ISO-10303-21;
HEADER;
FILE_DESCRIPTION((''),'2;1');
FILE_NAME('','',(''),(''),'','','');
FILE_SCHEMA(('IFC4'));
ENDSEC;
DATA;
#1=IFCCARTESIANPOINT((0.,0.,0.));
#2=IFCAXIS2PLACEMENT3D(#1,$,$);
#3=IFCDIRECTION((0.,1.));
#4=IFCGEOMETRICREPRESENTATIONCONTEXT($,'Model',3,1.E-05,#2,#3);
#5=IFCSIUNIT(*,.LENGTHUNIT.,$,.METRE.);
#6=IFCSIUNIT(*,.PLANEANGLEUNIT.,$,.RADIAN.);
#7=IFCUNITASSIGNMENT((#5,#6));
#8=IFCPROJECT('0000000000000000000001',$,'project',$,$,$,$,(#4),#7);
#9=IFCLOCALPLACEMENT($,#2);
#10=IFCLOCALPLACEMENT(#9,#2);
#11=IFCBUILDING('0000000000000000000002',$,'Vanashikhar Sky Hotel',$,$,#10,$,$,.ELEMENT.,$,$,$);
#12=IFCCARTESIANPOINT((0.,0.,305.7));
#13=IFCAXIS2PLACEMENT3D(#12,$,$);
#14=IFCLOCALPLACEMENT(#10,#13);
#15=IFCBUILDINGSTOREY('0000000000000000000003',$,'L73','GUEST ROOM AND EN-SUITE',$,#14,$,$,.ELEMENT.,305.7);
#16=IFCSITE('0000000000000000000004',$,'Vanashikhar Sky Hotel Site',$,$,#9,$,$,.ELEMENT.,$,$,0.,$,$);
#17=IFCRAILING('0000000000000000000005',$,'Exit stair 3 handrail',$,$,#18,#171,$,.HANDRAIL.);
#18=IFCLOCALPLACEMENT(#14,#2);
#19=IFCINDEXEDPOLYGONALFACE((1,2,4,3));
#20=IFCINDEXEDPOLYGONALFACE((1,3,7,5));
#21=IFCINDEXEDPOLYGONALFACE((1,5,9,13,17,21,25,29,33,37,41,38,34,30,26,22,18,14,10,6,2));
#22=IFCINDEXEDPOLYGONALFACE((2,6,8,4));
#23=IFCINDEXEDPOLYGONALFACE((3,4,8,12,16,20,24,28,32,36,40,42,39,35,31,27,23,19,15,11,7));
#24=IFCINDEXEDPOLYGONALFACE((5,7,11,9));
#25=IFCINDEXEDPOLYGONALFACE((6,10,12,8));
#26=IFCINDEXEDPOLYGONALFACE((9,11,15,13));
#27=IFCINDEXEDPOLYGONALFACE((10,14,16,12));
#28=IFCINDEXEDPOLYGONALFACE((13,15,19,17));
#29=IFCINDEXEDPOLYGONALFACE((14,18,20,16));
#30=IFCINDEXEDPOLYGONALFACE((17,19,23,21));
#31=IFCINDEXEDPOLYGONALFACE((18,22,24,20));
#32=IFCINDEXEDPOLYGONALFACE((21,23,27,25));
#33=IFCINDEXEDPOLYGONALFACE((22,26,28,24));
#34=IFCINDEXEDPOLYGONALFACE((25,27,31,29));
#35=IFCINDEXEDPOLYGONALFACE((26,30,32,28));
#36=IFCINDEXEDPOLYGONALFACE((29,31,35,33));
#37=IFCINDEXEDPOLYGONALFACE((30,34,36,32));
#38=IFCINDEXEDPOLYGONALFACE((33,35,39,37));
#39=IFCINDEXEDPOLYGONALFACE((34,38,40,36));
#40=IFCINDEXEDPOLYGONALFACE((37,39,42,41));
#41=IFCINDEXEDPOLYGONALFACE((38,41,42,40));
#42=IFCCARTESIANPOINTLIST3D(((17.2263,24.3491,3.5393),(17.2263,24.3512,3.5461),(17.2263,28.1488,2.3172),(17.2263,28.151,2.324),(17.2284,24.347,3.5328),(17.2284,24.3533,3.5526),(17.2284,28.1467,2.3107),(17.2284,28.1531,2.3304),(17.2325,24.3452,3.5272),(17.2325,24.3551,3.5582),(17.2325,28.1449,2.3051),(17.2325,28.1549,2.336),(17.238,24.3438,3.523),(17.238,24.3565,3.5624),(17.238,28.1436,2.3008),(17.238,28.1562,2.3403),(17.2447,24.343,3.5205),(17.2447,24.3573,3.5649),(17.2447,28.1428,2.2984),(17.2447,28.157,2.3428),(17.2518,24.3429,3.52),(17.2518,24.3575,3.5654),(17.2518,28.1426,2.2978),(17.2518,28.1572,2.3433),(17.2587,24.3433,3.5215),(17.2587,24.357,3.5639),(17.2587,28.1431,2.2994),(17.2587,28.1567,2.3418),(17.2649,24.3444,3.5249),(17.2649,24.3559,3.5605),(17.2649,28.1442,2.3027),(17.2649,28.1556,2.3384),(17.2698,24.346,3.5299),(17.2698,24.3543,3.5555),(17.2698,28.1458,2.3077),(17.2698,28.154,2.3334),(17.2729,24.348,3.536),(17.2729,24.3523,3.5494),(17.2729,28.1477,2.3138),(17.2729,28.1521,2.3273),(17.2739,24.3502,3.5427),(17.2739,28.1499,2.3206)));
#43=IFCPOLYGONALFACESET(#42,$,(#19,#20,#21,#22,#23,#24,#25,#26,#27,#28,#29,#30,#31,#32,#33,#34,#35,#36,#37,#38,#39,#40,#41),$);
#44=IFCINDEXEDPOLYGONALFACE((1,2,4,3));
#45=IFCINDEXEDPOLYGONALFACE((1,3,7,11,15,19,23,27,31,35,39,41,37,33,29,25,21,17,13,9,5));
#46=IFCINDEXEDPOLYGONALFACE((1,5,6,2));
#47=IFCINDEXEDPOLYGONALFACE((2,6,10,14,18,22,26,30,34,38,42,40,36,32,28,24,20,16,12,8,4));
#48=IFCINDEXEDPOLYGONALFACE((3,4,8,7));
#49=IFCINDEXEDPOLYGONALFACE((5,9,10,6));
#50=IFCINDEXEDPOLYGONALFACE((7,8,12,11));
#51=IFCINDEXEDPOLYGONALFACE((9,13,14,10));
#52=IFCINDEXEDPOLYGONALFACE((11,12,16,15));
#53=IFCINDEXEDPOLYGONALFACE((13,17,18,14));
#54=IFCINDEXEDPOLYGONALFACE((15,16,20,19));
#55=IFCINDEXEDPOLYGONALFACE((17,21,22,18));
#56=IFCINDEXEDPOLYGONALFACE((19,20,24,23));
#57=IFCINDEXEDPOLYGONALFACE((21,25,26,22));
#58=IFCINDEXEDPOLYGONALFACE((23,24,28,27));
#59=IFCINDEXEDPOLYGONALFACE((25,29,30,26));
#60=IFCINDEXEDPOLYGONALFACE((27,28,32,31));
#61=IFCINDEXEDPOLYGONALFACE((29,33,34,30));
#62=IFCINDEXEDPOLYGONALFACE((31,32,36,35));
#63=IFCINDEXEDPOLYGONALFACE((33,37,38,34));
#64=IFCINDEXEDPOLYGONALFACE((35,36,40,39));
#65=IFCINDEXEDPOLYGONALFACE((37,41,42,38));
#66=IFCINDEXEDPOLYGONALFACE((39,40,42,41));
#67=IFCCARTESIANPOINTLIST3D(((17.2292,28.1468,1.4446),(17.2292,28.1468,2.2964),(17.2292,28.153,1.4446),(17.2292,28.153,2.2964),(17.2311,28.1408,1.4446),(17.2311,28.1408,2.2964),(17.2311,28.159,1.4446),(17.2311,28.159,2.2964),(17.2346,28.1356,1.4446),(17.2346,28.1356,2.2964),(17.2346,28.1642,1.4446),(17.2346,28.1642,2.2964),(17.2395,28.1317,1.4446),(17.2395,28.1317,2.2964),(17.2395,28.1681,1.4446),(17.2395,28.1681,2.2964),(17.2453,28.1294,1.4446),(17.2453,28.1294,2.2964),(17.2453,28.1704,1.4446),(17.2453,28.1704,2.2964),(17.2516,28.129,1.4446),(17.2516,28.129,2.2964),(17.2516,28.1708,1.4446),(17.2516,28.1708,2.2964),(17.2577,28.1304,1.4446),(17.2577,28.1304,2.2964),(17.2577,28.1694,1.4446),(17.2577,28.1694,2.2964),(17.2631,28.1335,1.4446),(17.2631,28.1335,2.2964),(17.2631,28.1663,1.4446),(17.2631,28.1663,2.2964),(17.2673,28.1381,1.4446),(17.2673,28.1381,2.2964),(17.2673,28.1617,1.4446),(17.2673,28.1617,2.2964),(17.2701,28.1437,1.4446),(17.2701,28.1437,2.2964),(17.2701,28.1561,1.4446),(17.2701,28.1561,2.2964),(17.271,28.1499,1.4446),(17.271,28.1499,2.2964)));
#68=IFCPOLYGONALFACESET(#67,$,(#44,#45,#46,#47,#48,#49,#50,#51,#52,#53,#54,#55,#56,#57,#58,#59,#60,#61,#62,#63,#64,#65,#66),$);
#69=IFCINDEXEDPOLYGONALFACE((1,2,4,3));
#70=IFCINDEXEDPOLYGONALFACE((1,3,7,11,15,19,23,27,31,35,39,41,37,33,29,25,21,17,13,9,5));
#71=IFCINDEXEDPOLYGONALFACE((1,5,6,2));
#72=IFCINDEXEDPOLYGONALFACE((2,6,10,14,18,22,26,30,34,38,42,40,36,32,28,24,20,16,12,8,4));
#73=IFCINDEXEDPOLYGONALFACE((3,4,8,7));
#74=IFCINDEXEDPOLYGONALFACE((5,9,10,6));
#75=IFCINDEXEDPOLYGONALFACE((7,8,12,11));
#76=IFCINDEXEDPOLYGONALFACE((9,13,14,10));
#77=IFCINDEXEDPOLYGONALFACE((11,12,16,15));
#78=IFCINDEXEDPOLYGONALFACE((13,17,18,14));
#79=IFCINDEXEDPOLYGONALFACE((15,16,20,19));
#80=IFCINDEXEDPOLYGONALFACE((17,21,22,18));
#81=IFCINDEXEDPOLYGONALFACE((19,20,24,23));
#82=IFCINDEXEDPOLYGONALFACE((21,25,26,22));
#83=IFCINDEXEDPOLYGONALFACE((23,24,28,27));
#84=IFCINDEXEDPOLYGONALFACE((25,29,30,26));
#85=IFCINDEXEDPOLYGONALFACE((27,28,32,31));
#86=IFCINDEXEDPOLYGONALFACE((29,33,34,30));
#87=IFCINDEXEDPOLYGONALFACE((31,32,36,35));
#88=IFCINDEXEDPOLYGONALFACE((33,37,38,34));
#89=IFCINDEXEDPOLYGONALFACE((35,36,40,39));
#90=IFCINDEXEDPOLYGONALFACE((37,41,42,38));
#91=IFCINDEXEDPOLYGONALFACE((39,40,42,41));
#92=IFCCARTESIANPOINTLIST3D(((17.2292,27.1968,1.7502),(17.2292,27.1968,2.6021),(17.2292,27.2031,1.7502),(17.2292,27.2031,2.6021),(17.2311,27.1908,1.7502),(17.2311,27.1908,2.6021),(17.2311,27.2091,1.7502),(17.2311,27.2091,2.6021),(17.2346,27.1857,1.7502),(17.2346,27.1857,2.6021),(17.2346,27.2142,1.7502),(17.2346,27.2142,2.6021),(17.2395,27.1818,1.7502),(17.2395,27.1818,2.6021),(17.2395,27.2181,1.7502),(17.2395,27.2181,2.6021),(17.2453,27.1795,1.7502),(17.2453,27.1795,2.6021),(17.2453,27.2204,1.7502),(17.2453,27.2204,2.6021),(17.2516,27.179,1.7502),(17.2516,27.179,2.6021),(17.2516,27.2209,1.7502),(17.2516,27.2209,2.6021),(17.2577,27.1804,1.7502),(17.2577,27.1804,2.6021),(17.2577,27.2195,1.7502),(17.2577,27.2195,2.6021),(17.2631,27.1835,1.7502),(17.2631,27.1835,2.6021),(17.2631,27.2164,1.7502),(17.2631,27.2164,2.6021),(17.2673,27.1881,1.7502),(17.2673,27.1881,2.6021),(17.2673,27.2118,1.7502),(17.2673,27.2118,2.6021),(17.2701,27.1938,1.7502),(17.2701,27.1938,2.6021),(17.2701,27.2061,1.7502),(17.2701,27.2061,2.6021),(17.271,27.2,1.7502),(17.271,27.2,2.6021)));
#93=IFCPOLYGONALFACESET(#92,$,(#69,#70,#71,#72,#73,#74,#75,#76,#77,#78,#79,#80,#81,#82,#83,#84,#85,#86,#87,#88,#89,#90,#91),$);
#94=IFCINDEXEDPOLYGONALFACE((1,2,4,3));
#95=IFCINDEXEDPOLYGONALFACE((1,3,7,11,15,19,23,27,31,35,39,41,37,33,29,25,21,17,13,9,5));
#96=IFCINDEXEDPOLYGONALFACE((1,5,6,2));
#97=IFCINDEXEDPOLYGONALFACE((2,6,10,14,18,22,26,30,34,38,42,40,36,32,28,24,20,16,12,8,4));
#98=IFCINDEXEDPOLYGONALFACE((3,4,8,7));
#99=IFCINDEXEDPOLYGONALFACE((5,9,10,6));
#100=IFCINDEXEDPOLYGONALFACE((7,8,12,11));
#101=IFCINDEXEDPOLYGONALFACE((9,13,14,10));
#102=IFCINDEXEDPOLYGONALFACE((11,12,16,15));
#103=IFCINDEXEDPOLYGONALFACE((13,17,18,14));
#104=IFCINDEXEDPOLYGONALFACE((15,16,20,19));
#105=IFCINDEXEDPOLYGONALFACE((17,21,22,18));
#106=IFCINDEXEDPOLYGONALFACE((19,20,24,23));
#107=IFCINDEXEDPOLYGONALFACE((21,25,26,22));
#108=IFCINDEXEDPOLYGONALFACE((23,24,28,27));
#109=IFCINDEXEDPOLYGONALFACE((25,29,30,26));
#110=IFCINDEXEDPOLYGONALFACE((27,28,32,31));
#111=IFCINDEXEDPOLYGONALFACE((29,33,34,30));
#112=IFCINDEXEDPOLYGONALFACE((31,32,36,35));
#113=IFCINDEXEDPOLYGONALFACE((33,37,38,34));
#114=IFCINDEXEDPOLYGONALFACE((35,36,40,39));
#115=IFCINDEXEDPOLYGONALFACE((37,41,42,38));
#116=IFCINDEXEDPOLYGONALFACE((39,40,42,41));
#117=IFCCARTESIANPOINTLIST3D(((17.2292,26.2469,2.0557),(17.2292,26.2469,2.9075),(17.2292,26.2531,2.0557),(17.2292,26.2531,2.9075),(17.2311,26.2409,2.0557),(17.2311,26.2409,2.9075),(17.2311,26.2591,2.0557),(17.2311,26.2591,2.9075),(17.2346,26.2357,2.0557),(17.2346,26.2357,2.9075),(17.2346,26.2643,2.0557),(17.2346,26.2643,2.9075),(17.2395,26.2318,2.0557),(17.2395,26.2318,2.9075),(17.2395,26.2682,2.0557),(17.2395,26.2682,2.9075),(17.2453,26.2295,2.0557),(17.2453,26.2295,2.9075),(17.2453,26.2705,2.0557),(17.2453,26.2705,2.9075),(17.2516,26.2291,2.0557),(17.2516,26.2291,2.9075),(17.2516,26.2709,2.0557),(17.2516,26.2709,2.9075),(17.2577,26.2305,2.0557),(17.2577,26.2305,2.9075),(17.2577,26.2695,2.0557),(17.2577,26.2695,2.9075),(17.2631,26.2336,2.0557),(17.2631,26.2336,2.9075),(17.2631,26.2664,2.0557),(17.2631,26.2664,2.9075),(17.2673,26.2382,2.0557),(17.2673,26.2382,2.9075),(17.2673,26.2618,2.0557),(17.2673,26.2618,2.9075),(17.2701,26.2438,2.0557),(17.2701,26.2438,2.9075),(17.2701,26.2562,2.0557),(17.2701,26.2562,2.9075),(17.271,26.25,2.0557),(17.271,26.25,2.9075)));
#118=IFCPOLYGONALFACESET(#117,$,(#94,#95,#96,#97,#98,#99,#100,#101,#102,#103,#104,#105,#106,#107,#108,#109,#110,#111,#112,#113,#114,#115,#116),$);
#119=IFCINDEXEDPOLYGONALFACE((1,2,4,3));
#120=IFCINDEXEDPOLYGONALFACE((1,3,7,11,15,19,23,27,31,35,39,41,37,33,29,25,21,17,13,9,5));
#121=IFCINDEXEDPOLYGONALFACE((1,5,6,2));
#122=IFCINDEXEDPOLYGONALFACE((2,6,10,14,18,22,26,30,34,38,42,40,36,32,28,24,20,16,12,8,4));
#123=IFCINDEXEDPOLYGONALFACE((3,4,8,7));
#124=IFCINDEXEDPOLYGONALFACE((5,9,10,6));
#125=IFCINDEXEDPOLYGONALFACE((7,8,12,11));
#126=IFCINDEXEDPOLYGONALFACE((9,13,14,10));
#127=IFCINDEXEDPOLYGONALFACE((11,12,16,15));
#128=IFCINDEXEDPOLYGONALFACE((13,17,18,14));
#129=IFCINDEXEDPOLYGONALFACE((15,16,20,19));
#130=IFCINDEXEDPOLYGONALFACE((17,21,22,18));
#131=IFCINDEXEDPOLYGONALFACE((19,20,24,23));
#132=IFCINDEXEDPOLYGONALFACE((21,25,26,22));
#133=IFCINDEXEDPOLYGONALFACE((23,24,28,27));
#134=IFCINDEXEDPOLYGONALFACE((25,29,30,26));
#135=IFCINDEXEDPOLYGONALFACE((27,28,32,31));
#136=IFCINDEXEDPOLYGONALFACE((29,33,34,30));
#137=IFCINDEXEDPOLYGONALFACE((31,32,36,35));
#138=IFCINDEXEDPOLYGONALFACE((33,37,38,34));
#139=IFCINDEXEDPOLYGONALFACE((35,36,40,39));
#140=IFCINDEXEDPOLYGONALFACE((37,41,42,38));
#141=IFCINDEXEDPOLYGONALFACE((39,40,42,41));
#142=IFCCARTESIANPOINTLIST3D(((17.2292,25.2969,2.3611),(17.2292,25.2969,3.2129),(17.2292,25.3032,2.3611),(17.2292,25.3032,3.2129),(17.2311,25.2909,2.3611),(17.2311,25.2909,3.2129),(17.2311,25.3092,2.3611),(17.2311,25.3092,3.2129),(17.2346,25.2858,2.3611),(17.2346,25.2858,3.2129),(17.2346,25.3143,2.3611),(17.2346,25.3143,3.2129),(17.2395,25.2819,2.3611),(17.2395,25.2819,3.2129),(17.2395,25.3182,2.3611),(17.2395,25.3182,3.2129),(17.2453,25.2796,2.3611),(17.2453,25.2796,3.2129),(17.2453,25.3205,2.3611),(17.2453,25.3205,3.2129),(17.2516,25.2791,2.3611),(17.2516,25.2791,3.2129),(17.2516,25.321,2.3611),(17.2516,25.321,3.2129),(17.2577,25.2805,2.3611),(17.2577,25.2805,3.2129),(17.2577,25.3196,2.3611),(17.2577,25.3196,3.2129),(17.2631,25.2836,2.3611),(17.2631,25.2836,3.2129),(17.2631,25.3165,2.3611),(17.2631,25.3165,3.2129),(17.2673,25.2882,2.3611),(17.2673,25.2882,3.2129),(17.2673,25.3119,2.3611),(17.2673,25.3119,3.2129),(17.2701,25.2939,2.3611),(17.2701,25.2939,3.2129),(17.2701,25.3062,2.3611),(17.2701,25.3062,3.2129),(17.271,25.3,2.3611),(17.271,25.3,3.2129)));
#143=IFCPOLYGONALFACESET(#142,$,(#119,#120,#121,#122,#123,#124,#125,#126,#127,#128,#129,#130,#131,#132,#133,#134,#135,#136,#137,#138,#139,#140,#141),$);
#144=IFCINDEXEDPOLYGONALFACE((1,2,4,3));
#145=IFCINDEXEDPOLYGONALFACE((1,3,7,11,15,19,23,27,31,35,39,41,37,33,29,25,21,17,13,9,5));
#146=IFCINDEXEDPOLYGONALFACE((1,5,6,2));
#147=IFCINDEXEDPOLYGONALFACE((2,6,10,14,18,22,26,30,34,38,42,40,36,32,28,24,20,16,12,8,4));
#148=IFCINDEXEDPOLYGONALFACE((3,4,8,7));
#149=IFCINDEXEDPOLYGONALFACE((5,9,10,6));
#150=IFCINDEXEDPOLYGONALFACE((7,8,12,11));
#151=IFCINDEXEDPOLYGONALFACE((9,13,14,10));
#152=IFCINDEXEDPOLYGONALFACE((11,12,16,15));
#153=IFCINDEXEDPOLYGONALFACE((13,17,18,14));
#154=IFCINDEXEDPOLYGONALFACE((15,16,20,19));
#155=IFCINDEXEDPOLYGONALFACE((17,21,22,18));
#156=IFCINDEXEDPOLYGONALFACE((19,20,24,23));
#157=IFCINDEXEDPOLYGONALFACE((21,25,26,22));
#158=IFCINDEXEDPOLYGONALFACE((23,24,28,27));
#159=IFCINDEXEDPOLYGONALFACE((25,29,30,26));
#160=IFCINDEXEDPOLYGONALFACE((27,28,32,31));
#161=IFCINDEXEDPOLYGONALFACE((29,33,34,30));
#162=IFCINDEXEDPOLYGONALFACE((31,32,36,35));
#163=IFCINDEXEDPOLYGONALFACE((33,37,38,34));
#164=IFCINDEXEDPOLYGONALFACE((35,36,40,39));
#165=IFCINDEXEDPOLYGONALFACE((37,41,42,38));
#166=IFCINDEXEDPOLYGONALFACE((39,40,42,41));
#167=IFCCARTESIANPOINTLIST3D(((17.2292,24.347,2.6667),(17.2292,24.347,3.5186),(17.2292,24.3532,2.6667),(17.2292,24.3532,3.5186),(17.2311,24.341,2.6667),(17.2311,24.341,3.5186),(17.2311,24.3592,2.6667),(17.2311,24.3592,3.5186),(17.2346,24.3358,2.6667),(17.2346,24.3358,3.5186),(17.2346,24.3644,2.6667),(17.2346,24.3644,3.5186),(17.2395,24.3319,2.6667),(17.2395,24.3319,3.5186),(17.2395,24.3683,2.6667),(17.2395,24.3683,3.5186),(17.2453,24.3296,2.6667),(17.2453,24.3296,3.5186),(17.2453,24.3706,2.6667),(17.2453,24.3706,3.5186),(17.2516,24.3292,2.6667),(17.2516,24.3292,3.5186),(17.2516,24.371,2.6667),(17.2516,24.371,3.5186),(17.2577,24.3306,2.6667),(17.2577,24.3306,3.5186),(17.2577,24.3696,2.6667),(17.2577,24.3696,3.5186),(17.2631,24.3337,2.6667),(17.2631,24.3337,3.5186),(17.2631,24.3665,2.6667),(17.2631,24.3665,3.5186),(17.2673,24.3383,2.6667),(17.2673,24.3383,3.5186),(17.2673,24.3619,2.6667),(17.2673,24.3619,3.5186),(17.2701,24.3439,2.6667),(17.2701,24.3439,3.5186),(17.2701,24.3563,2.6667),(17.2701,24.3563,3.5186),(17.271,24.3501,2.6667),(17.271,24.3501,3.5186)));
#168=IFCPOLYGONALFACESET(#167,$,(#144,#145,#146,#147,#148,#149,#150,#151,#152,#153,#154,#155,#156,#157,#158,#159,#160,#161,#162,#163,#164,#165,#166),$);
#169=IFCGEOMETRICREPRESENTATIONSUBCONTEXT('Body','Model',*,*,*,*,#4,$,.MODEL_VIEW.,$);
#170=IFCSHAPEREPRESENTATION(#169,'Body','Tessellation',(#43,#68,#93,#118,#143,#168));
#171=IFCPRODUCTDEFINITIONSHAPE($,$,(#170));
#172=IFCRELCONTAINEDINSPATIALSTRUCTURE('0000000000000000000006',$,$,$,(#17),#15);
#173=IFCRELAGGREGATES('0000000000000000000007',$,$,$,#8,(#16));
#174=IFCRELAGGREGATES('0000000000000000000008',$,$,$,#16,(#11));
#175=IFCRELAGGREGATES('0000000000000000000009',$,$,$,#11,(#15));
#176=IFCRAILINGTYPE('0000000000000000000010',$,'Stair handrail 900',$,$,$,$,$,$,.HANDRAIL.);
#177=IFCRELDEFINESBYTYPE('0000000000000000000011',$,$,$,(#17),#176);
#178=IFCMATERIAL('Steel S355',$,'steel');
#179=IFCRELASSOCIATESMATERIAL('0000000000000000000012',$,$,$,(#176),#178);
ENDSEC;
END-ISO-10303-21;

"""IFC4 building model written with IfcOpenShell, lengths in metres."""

from ifc_helpers import new_model, si_unit, direction, frame, origin, origin_2d, place, context, subcontext, project, spatial, circle, extrude, source, transform, mapped, material, type_object, element, save


model = new_model("IFC4")

# Units and contexts
model_context = context("Model", 3, precision=1e-05, world=origin(), true_north=direction((0.0, 1.0)))
body_context = subcontext(model_context, "Body", "Model", "MODEL_VIEW")
ifc_project = project(units=[si_unit("LENGTHUNIT", "METRE"), si_unit("PLANEANGLEUNIT", "RADIAN")], contexts=[model_context])

# Site, building, storey
site_placement = place(None, origin())
site = spatial("IfcSite", under=ifc_project, at=site_placement, Name="Vanashikhar Sky Hotel Site", CompositionType="ELEMENT", RefElevation=0.0)
building_placement = place(site_placement, origin())
building = spatial("IfcBuilding", under=site, at=building_placement, Name="Vanashikhar Sky Hotel", CompositionType="ELEMENT")
storey_placement = place(building_placement, frame((0.0, 0.0, 305.7)))
storey = spatial("IfcBuildingStorey", under=building, at=storey_placement, Name="L73", Description="GUEST ROOM AND EN-SUITE", CompositionType="ELEMENT", Elevation=305.7)

# Railing
ifc_material_1 = material(Name="Steel S355", Category="steel")
railing_type_1 = type_object("IfcRailingType", Name="Stair handrail 900", PredefinedType="HANDRAIL", material=ifc_material_1)
shared_shape_1 = source(origin(), body_context, "Body", "SweptSolid", [
    extrude(circle(Radius=0.0239, at=origin_2d()), frame((0.0, 0.0, 0.876), z_axis=(0.0, -0.95197, 0.306191), x_axis=(1.0, 0.0, 0.0)), (0.0, 0.0, 1.0), 3.9915),
    extrude(circle(Radius=0.021, at=origin_2d()), origin(), (0.0, 0.0, 1.0), 0.8518),
    extrude(circle(Radius=0.021, at=origin_2d()), frame((0.0, -0.95, 0.3057)), (0.0, 0.0, 1.0), 0.8518),
    extrude(circle(Radius=0.021, at=origin_2d()), frame((0.0, -1.8999, 0.6111)), (0.0, 0.0, 1.0), 0.8518),
    extrude(circle(Radius=0.021, at=origin_2d()), frame((0.0, -2.8499, 0.9165)), (0.0, 0.0, 1.0), 0.8518),
    extrude(circle(Radius=0.021, at=origin_2d()), frame((0.0, -3.7998, 1.2222)), (0.0, 0.0, 1.0), 0.8518),
])
railing_1_placement = place(storey_placement, frame((17.25, 28.1499, 1.4446)))
element("IfcRailing", 1, at=railing_1_placement, inside=storey, type_object=railing_type_1, Name="Exit stair 3 handrail", PredefinedType="HANDRAIL", context=body_context, shape_type="MappedRepresentation", body=[
    mapped(shared_shape_1, transform((0.0, 0.0, 0.0), scale=1.0)),
])

save(model, "model.ifc")
